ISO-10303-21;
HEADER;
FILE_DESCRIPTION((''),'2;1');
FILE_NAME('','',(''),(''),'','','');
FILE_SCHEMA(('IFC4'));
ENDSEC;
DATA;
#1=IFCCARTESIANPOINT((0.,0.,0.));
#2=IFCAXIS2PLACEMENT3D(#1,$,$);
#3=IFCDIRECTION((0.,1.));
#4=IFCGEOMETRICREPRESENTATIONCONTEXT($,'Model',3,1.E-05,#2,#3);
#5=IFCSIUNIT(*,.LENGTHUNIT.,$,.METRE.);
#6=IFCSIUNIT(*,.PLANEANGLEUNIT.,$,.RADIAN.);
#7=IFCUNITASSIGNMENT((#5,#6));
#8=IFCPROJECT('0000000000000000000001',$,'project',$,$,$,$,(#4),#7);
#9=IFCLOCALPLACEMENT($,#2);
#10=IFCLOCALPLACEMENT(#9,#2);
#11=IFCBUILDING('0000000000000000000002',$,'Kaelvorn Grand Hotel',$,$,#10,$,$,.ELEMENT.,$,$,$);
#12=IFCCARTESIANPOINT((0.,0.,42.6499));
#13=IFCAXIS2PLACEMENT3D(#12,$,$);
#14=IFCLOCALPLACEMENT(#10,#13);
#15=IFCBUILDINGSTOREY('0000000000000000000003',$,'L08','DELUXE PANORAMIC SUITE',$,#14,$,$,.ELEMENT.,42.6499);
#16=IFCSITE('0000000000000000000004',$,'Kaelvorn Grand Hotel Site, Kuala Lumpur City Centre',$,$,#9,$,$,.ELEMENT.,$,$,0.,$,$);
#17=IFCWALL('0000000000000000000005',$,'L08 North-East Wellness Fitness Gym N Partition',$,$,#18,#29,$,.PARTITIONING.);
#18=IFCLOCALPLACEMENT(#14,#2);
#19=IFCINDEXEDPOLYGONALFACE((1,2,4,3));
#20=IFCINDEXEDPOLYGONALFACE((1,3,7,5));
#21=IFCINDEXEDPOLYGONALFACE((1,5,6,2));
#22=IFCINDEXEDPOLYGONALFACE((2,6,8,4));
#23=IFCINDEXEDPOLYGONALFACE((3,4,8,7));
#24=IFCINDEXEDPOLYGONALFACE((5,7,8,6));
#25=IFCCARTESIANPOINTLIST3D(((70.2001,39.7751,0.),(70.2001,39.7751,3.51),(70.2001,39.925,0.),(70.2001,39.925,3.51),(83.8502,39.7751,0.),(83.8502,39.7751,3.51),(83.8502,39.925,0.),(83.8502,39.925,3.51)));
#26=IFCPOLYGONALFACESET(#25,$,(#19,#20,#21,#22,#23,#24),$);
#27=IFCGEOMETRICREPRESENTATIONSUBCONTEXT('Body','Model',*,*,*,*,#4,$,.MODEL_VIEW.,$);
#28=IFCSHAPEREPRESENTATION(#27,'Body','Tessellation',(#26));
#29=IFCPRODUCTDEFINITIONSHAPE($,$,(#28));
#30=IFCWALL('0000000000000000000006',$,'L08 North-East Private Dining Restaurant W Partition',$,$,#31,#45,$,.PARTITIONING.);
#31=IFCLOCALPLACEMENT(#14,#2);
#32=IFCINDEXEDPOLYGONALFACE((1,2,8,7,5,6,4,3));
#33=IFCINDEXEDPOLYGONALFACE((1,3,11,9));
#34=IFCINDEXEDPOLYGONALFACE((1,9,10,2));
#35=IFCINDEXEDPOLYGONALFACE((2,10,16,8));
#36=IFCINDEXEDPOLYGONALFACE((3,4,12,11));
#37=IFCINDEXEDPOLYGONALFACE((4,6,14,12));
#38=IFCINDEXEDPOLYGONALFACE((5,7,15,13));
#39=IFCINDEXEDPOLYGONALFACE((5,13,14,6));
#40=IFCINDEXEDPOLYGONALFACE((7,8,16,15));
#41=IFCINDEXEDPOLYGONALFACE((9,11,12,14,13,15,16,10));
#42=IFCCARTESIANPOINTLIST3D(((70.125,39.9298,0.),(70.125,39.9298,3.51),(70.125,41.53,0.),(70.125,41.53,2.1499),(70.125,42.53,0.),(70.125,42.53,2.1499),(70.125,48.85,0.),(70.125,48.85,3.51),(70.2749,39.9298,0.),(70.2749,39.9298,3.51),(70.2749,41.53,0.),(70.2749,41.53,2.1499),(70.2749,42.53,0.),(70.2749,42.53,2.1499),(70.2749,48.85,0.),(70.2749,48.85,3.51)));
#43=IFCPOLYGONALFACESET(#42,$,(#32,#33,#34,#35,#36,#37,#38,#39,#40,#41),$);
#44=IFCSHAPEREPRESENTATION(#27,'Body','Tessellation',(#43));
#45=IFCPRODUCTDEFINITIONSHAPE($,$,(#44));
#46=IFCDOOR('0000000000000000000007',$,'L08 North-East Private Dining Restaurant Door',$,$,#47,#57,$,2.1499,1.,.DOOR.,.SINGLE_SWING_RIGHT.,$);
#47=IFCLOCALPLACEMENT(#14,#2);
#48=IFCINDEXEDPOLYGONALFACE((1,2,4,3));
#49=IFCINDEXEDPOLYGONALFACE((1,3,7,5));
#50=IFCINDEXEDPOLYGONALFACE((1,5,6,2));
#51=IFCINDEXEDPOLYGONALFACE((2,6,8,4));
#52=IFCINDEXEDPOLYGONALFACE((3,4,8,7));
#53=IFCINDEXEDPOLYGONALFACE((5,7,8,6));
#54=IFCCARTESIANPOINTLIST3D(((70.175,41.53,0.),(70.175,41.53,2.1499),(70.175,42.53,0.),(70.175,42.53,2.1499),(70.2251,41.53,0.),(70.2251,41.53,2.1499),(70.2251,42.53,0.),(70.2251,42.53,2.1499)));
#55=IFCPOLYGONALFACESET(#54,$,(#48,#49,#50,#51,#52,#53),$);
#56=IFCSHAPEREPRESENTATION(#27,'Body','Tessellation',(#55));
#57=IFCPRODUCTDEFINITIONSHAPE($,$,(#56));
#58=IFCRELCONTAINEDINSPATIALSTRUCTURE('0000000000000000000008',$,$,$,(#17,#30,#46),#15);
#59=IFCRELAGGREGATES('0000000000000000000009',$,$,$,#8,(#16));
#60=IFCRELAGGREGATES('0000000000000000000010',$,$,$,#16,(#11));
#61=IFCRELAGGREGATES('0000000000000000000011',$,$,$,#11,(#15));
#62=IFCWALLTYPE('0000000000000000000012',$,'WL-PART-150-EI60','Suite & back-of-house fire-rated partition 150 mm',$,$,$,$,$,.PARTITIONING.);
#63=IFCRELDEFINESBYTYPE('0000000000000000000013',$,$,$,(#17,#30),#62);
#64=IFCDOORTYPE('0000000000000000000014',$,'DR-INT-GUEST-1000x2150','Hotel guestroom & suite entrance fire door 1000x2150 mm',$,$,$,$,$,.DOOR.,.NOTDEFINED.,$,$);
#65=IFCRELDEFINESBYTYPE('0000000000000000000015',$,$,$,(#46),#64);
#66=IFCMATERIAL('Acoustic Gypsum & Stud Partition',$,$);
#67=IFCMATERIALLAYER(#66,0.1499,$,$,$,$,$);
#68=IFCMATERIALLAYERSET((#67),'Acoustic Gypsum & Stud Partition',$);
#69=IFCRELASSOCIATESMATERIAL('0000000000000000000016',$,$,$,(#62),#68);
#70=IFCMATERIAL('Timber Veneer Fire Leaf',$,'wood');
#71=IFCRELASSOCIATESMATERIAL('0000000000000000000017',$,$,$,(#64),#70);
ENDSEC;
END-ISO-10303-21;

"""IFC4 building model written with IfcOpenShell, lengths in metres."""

from ifc_helpers import new_model, si_unit, direction, frame, frame_2d, origin, place, context, subcontext, project, spatial, rectangle, extrude, material, layer, layer_set, type_object, element, fill, save


model = new_model("IFC4")

# Units and contexts
model_context = context("Model", 3, precision=1e-05, world=origin(), true_north=direction((0.0, 1.0)))
body_context = subcontext(model_context, "Body", "Model", "MODEL_VIEW")
ifc_project = project(units=[si_unit("LENGTHUNIT", "METRE"), si_unit("PLANEANGLEUNIT", "RADIAN")], contexts=[model_context])

# Site, building, storey
site_placement = place(None, origin())
site = spatial("IfcSite", under=ifc_project, at=site_placement, Name="Kaelvorn Grand Hotel Site, Kuala Lumpur City Centre", CompositionType="ELEMENT", RefElevation=0.0)
building_placement = place(site_placement, origin())
building = spatial("IfcBuilding", under=site, at=building_placement, Name="Kaelvorn Grand Hotel", CompositionType="ELEMENT")
storey_placement = place(building_placement, frame((0.0, 0.0, 42.6499)))
storey = spatial("IfcBuildingStorey", under=building, at=storey_placement, Name="L08", Description="DELUXE PANORAMIC SUITE", CompositionType="ELEMENT", Elevation=42.6499)

# Wall
ifc_material_1 = material(Name="Acoustic Gypsum & Stud Partition")
ifc_layer_1 = layer(ifc_material_1, 0.1499)
ifc_layer_set_1 = layer_set([ifc_layer_1], Name="Acoustic Gypsum & Stud Partition")
wall_type_1 = type_object("IfcWallType", Name="WL-PART-150-EI60", Description="Suite & back-of-house fire-rated partition 150 mm", PredefinedType="PARTITIONING", material=ifc_layer_set_1)
wall_1_placement = place(storey_placement, frame((70.2, 39.8501, 0.0), z_axis=(0.0, 0.0, 1.0), x_axis=(1.0, 0.0, 0.0)))
element("IfcWall", 1, at=wall_1_placement, inside=storey, type_object=wall_type_1, Name="L08 North-East Wellness Fitness Gym N Partition", PredefinedType="PARTITIONING", context=body_context, shape_type="SweptSolid", body=[
    extrude(rectangle(XDim=13.6501, YDim=0.1499, at=frame_2d((6.8252, 0.0))), origin(), (0.0, 0.0, 1.0), 3.51),
])

# Wall, opening, door
wall_2_placement = place(storey_placement, frame((70.2, 39.9299, 0.0), z_axis=(0.0, 0.0, 1.0), x_axis=(0.0, 1.0, 0.0)))
wall_2 = element("IfcWall", 2, at=wall_2_placement, inside=storey, type_object=wall_type_1, Name="L08 North-East Private Dining Restaurant W Partition", PredefinedType="PARTITIONING", context=body_context, shape_type="SweptSolid", body=[
    extrude(rectangle(XDim=8.9202, YDim=0.1499, at=frame_2d((4.46, 0.0))), origin(), (0.0, 0.0, 1.0), 3.51),
])
opening_1_placement = place(wall_2_placement, frame((1.6001, 0.0, 0.0)))
opening_1 = element("IfcOpeningElement", 3, at=opening_1_placement, cuts=wall_2, PredefinedType="OPENING", context=body_context, shape_type="SweptSolid", body=[
    extrude(rectangle(XDim=1.0, YDim=2.1499, at=frame_2d((0.5, 1.075))), frame((0.0, 0.085, 0.0), z_axis=(0.0, -1.0, 0.0), x_axis=(1.0, 0.0, 0.0)), (0.0, 0.0, 1.0), 0.1699),
])
ifc_material_2 = material(Name="Timber Veneer Fire Leaf", Category="wood")
door_type = type_object("IfcDoorType", Name="DR-INT-GUEST-1000x2150", Description="Hotel guestroom & suite entrance fire door 1000x2150 mm", OperationType="NOTDEFINED", PredefinedType="DOOR", material=ifc_material_2)
door_placement = place(opening_1_placement, origin())
door = element("IfcDoor", 4, at=door_placement, inside=storey, type_object=door_type, Name="L08 North-East Private Dining Restaurant Door", OperationType="SINGLE_SWING_RIGHT", OverallHeight=2.1499, OverallWidth=1.0, PredefinedType="DOOR", context=body_context, shape_type="SweptSolid", body=[
    extrude(rectangle(XDim=1.0, YDim=2.1499, at=frame_2d((0.5, 1.075))), frame((0.0, 0.0249, 0.0), z_axis=(0.0, -1.0, 0.0), x_axis=(1.0, 0.0, 0.0)), (0.0, 0.0, 1.0), 0.05),
])
fill(opening_1, door)

save(model, "model.ifc")
